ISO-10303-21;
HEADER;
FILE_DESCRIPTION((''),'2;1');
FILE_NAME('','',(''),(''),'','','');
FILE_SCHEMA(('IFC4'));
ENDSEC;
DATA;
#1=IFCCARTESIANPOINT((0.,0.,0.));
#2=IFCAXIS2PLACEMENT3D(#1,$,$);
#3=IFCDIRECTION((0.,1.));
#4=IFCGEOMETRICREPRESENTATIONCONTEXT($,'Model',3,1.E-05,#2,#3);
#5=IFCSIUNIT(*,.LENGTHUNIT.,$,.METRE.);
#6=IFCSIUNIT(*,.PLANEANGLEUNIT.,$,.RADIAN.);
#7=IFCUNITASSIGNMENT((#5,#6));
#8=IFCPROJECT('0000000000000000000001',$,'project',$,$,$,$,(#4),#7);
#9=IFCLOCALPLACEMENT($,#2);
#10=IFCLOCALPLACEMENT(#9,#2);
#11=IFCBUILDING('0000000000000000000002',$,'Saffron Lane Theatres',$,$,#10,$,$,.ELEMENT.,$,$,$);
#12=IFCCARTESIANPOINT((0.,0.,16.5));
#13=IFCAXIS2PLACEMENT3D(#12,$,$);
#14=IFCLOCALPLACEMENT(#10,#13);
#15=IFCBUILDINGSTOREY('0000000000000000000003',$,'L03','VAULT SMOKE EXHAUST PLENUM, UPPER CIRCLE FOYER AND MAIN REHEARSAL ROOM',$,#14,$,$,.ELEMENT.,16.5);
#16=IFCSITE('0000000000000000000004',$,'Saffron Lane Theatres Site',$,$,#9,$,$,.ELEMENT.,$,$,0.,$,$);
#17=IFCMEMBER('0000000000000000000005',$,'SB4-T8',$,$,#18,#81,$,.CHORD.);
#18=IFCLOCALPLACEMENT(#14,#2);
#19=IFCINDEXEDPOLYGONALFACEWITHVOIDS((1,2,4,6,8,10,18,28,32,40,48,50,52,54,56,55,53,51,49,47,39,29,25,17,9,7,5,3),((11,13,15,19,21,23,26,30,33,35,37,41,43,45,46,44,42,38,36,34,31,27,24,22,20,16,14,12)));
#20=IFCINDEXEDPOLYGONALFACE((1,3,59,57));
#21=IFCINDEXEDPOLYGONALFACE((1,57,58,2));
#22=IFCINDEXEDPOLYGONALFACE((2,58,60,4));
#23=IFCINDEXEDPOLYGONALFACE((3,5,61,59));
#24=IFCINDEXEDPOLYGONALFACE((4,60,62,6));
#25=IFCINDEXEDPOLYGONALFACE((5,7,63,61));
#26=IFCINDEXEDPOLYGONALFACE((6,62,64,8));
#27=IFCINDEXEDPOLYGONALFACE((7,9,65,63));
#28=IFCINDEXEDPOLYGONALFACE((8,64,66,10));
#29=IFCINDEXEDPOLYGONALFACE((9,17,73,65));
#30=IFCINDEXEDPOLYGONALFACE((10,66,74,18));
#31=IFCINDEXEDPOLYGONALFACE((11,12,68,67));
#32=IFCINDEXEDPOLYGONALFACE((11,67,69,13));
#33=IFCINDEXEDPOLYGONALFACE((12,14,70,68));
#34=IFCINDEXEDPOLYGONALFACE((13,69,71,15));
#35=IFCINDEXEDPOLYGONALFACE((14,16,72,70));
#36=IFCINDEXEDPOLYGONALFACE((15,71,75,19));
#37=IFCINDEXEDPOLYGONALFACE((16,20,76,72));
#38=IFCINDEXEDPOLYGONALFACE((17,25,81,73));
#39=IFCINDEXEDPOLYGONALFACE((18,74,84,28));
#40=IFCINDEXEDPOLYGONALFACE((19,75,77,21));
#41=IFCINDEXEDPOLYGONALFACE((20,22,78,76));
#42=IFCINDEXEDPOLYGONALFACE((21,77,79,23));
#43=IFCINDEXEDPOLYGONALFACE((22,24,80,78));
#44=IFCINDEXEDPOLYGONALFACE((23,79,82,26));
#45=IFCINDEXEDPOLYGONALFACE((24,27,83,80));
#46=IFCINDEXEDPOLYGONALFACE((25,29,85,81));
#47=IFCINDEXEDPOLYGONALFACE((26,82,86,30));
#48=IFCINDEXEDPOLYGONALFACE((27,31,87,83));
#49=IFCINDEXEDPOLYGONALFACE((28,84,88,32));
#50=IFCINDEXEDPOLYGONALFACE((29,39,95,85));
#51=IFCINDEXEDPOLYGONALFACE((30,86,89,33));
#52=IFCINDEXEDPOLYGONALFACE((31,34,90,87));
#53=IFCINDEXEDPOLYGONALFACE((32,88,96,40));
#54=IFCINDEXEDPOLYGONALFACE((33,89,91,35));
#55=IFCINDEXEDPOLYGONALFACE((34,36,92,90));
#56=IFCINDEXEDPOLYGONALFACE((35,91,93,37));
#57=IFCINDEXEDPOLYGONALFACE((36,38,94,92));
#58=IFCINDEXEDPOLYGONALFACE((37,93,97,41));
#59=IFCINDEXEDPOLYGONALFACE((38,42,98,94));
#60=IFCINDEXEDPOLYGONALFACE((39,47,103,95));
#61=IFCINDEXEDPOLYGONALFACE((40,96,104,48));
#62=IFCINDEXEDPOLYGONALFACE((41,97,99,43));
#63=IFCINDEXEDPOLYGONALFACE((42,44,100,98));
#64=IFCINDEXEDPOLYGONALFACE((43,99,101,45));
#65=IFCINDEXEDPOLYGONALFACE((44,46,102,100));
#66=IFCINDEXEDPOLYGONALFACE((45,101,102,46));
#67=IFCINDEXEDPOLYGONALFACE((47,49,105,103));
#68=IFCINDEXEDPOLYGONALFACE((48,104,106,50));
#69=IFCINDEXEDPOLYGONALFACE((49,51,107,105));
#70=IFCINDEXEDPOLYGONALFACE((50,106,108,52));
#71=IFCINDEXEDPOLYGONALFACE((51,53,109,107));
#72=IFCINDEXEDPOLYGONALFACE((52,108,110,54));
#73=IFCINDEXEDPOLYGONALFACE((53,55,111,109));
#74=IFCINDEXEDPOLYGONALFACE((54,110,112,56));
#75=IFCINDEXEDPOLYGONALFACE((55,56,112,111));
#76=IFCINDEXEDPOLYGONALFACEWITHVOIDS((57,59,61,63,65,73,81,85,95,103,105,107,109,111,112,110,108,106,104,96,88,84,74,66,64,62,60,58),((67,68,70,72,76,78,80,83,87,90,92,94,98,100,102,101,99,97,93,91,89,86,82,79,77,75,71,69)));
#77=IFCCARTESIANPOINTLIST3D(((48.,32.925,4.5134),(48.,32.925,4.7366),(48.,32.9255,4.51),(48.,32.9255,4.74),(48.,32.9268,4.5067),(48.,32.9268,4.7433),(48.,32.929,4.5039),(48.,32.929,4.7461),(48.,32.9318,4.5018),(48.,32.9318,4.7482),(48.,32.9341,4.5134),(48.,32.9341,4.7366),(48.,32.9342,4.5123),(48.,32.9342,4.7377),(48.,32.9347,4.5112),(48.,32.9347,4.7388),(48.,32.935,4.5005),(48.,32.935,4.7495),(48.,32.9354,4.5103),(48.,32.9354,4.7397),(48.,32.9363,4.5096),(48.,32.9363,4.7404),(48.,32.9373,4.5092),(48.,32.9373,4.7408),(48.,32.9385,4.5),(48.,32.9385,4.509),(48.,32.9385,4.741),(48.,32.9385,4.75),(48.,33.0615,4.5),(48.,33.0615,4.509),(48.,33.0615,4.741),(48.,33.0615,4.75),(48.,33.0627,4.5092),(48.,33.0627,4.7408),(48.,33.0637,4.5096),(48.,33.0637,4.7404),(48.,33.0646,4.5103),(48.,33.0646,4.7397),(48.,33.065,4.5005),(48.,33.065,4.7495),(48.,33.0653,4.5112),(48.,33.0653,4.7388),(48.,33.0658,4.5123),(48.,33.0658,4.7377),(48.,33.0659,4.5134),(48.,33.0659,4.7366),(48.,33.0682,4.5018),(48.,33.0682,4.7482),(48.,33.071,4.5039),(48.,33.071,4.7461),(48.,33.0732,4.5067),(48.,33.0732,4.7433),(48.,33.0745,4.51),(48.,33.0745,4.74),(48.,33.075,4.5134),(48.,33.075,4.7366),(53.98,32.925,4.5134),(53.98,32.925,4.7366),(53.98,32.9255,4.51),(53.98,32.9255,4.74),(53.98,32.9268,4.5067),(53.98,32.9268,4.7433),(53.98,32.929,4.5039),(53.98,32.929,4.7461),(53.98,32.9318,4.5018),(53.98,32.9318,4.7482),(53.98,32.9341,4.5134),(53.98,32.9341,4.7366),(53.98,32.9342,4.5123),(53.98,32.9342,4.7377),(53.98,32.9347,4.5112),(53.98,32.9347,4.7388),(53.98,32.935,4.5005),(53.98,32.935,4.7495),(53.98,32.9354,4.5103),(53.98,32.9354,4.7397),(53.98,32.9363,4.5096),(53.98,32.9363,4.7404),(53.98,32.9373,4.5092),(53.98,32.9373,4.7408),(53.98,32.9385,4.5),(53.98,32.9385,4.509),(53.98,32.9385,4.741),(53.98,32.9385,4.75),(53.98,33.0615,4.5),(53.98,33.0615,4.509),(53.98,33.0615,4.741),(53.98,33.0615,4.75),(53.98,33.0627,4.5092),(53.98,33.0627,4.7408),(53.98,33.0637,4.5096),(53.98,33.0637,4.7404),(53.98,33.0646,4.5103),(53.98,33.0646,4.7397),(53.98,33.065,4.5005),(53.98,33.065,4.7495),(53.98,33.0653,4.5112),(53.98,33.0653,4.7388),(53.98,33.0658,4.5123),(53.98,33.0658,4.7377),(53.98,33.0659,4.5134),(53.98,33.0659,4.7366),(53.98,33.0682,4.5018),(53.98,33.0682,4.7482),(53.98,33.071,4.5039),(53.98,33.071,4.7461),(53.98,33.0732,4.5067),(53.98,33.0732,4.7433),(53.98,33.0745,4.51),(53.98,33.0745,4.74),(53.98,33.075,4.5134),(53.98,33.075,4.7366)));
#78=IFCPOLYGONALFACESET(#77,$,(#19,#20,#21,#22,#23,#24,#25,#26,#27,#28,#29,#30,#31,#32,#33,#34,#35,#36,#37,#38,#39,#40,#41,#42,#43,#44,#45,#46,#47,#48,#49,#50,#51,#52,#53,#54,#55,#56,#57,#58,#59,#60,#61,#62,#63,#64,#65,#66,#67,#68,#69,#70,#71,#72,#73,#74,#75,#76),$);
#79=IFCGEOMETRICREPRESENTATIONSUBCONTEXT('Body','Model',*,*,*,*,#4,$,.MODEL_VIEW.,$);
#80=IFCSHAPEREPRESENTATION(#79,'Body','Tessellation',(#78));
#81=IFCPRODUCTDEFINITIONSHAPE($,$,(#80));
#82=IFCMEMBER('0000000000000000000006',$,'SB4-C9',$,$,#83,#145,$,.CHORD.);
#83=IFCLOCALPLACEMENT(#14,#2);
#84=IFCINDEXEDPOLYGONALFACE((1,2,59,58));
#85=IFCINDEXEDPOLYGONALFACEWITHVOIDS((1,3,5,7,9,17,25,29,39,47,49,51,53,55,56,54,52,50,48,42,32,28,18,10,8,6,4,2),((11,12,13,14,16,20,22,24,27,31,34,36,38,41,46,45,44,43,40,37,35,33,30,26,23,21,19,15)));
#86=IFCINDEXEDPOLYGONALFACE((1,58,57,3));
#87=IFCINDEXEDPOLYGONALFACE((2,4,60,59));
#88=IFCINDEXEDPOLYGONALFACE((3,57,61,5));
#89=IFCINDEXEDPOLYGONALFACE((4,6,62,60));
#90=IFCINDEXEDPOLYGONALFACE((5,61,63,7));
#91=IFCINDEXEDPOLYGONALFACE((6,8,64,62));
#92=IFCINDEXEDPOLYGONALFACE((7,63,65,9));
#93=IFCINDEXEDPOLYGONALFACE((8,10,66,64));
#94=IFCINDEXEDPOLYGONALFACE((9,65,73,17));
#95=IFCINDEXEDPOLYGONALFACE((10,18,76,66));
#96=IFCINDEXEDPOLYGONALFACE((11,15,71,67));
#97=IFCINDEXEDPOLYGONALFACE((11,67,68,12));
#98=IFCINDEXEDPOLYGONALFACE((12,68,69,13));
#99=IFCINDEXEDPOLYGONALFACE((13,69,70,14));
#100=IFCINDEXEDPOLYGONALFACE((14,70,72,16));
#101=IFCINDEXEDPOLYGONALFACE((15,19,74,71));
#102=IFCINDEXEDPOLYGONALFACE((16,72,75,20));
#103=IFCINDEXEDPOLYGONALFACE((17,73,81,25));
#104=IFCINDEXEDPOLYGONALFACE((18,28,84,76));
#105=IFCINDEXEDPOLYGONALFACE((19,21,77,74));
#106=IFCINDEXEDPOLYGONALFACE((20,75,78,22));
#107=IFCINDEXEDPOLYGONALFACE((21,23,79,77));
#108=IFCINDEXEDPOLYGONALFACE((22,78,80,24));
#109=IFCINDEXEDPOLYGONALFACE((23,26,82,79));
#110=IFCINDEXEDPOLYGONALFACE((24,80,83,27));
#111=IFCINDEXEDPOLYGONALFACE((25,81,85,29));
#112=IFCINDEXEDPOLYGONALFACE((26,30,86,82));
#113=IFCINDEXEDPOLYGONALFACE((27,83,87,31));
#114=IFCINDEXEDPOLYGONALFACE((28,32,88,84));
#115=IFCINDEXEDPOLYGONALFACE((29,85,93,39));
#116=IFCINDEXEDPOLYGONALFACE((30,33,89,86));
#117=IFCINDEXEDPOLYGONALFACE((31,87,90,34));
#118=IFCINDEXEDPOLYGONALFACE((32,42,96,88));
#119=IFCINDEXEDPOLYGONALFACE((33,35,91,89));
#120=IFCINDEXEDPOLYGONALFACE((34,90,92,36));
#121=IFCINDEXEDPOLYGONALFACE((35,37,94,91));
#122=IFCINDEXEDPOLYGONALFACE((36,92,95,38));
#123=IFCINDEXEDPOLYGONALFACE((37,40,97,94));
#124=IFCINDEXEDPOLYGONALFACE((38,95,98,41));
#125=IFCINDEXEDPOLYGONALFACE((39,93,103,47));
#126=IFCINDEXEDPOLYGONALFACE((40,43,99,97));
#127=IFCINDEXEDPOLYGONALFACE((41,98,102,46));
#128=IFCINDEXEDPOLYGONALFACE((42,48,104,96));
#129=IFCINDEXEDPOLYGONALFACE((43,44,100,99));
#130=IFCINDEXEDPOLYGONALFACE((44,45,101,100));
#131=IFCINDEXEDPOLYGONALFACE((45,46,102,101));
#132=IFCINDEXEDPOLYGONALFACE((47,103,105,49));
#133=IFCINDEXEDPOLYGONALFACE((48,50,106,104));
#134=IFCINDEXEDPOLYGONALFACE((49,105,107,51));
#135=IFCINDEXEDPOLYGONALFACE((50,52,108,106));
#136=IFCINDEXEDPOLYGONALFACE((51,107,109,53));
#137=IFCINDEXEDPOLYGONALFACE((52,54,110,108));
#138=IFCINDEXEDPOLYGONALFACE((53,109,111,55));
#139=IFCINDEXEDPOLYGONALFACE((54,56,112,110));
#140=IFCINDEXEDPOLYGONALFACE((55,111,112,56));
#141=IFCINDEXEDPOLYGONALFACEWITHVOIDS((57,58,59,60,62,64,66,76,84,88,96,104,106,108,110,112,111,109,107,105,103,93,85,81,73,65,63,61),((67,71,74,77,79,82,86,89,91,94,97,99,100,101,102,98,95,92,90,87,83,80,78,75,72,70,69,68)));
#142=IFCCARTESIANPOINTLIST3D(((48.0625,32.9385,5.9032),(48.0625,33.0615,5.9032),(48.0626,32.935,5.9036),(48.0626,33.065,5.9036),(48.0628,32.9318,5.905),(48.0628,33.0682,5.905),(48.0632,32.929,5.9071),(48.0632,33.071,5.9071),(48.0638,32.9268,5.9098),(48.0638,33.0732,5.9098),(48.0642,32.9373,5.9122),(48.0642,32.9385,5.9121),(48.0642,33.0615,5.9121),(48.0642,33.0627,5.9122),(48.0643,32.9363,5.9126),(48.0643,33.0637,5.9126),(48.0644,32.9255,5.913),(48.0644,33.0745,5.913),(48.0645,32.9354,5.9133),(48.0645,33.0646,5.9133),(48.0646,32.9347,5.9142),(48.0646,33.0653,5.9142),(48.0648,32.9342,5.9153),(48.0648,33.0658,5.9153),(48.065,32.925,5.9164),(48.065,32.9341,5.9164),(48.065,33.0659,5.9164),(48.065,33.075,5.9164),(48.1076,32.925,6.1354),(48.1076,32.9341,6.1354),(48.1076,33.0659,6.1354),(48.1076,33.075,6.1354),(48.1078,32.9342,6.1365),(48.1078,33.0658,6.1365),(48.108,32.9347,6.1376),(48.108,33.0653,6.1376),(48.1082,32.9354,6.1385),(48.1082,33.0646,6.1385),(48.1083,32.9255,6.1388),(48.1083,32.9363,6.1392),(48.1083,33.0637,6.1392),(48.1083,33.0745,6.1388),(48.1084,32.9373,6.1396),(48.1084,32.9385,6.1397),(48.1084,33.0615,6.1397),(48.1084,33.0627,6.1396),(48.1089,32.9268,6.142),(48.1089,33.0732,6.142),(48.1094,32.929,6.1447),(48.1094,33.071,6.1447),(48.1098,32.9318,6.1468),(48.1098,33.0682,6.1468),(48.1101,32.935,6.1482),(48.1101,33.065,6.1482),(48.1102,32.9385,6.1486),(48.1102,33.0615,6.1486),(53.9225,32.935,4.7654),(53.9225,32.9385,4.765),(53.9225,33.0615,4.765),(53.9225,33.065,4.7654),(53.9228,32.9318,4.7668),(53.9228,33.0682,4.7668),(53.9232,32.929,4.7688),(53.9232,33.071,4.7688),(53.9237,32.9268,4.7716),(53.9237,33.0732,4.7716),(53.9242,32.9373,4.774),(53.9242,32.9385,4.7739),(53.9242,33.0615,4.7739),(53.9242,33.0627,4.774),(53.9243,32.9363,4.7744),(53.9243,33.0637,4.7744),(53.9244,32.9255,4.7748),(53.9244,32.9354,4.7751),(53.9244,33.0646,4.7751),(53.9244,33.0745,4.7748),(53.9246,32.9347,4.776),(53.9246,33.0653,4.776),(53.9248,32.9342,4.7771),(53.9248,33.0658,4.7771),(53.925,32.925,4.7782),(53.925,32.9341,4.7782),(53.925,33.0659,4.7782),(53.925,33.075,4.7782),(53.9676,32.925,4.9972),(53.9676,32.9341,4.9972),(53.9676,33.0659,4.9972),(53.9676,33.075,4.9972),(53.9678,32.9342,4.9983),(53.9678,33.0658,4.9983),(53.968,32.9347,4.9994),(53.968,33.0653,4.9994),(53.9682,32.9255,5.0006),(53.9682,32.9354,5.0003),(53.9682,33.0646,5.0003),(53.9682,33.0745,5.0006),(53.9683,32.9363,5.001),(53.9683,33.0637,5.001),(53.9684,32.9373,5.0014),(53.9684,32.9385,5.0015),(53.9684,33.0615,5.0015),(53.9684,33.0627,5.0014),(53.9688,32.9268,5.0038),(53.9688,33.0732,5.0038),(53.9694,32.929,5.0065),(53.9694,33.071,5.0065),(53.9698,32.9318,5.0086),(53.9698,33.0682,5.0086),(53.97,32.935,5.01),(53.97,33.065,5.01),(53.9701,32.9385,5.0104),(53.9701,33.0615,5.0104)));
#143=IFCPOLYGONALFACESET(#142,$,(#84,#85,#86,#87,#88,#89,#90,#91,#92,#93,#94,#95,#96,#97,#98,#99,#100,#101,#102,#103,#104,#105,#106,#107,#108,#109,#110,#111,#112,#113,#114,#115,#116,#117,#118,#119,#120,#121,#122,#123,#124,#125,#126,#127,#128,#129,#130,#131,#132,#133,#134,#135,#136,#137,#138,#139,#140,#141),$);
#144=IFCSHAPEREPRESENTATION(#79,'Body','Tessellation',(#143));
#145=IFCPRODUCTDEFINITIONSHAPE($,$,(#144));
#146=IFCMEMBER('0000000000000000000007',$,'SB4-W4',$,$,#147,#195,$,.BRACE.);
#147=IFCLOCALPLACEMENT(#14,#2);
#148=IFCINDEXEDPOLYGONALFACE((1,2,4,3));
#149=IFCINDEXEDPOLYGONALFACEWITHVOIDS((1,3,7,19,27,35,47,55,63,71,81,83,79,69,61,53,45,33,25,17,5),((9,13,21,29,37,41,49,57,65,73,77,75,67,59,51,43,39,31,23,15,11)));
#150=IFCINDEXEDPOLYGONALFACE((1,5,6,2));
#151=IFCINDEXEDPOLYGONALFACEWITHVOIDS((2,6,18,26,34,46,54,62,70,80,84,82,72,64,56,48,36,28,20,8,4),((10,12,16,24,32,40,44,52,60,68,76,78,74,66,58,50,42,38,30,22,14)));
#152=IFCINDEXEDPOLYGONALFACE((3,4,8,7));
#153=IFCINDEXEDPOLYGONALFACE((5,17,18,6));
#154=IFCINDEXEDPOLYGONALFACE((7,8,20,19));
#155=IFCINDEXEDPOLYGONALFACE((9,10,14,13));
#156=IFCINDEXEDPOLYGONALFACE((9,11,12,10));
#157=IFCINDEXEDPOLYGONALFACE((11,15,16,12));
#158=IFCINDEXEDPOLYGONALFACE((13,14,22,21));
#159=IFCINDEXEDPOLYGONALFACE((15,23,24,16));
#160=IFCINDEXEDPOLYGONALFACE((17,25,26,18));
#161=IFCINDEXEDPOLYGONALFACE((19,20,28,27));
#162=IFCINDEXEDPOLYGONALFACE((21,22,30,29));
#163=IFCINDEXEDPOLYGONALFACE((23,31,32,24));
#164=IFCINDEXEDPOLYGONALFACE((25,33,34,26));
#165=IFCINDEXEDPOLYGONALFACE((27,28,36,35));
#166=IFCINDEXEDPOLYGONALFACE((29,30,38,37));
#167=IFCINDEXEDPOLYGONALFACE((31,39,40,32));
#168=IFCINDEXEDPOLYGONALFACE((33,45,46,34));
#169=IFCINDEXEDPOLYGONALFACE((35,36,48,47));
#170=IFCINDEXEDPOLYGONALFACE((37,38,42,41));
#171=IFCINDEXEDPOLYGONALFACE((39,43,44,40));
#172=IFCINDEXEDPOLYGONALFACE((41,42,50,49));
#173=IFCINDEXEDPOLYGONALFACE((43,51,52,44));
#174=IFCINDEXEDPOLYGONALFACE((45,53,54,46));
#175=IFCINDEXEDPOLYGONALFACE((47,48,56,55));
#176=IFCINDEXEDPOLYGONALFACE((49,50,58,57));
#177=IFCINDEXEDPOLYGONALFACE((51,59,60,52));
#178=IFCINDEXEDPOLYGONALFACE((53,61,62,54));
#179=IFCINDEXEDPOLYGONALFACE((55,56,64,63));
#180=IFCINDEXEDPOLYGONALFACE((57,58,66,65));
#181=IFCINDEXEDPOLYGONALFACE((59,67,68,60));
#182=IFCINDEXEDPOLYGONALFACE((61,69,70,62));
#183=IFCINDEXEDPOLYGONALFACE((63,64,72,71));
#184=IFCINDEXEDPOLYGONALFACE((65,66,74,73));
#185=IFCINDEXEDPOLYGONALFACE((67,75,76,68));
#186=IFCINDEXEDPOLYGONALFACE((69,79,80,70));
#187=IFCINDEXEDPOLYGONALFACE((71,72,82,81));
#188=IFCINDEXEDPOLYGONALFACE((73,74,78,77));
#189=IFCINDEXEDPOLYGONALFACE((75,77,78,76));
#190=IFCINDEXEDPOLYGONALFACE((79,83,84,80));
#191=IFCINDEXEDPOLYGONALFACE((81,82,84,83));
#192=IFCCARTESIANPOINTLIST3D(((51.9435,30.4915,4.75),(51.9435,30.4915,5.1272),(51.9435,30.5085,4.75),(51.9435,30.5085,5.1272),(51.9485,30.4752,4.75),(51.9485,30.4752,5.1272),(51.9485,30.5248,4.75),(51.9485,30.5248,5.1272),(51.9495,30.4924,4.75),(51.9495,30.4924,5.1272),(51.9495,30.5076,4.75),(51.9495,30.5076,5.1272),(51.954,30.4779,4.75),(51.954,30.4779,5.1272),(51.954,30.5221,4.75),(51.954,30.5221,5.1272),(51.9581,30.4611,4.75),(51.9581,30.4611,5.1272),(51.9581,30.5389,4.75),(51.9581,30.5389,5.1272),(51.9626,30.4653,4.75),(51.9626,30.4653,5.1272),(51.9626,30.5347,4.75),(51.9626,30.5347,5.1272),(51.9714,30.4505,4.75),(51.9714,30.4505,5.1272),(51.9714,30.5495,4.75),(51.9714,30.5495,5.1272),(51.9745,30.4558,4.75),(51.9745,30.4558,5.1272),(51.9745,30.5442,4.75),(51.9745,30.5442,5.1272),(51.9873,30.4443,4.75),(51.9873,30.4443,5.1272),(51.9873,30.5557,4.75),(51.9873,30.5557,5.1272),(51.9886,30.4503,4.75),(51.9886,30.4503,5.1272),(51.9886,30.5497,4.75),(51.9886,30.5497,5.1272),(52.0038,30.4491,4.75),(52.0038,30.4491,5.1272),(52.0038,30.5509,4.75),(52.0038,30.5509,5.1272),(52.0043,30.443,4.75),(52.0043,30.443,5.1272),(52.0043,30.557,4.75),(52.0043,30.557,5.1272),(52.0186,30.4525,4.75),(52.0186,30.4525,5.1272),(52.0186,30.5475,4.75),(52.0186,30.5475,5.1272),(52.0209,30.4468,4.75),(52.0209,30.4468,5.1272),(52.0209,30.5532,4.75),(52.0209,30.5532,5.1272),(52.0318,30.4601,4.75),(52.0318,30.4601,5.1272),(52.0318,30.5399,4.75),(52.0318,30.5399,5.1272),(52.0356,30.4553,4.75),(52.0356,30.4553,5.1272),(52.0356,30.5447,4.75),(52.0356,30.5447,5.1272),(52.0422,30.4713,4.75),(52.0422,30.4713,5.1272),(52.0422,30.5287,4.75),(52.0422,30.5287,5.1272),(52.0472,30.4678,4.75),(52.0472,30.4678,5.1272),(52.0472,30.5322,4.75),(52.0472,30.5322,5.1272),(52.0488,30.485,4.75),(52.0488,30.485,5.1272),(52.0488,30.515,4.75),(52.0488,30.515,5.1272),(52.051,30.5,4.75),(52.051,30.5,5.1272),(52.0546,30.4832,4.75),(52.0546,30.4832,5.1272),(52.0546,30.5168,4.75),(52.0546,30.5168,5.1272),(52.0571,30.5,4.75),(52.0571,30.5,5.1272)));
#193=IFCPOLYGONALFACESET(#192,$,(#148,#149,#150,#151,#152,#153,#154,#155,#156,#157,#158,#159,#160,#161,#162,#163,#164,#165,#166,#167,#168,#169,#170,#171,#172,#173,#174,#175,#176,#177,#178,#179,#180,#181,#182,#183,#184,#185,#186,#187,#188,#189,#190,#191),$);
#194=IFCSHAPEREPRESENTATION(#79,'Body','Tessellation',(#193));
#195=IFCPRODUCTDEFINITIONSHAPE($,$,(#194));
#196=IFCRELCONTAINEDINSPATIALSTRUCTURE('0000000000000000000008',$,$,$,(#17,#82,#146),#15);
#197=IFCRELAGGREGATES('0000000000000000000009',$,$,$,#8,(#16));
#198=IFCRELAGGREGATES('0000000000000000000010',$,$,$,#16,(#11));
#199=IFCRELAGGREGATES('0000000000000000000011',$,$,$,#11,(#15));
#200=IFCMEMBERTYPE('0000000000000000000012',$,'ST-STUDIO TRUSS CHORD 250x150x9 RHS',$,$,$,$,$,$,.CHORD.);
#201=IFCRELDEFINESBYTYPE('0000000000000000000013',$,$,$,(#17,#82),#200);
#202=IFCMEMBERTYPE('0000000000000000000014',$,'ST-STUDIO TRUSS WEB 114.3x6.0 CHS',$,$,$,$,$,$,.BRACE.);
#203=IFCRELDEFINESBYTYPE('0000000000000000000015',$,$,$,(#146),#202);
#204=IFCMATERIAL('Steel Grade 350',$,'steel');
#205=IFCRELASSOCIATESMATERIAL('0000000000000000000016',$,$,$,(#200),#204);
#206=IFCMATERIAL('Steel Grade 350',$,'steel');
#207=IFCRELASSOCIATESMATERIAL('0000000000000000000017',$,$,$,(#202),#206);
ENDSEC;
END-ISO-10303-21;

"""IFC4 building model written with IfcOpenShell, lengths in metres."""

from ifc_helpers import new_model, si_unit, direction, frame, origin, origin_2d, place, context, subcontext, project, spatial, hollow_rectangle, hollow_circle, extrude, material, material_profile, profile_set, type_object, element, save


model = new_model("IFC4")

# Units and contexts
model_context = context("Model", 3, precision=1e-05, world=origin(), true_north=direction((0.0, 1.0)))
body_context = subcontext(model_context, "Body", "Model", "MODEL_VIEW")
ifc_project = project(units=[si_unit("LENGTHUNIT", "METRE"), si_unit("PLANEANGLEUNIT", "RADIAN")], contexts=[model_context])

# Site, building, storey
site_placement = place(None, origin())
site = spatial("IfcSite", under=ifc_project, at=site_placement, Name="Saffron Lane Theatres Site", CompositionType="ELEMENT", RefElevation=0.0)
building_placement = place(site_placement, origin())
building = spatial("IfcBuilding", under=site, at=building_placement, Name="Saffron Lane Theatres", CompositionType="ELEMENT")
storey_placement = place(building_placement, frame((0.0, 0.0, 16.5)))
storey = spatial("IfcBuildingStorey", under=building, at=storey_placement, Name="L03", Description="VAULT SMOKE EXHAUST PLENUM, UPPER CIRCLE FOYER AND MAIN REHEARSAL ROOM", CompositionType="ELEMENT", Elevation=16.5)

# Members
ifc_material_1 = material(Name="Steel Grade 350", Category="steel")
ifc_material_profile_1 = material_profile(ifc_material_1, hollow_rectangle(XDim=0.1499, YDim=0.25, WallThickness=0.009, InnerFilletRadius=0.0044, OuterFilletRadius=0.0134, at=origin_2d()))
ifc_profile_set_1 = profile_set([ifc_material_profile_1], Name="Steel Grade 350")
member_type_1 = type_object("IfcMemberType", Name="ST-STUDIO TRUSS CHORD 250x150x9 RHS", PredefinedType="CHORD", material=ifc_profile_set_1)
member_1_placement = place(storey_placement, frame((53.98, 33.0, 4.625), z_axis=(-1.0, 0.0, 0.0), x_axis=(0.0, -1.0, 0.0)))
element("IfcMember", 1, at=member_1_placement, inside=storey, type_object=member_type_1, Name="SB4-T8", PredefinedType="CHORD", context=body_context, shape_type="SweptSolid", body=[
    extrude(hollow_rectangle(XDim=0.1499, YDim=0.25, WallThickness=0.009, InnerFilletRadius=0.0044, OuterFilletRadius=0.0134, at=origin_2d()), origin(), (0.0, 0.0, 1.0), 5.98),
])
member_2_placement = place(storey_placement, frame((53.9463, 33.0, 4.8877), z_axis=(-0.981654, 0.0, 0.19067), x_axis=(0.0, -1.0, 0.0)))
element("IfcMember", 2, at=member_2_placement, inside=storey, type_object=member_type_1, Name="SB4-C9", PredefinedType="CHORD", context=body_context, shape_type="SweptSolid", body=[
    extrude(hollow_rectangle(XDim=0.1499, YDim=0.25, WallThickness=0.009, InnerFilletRadius=0.0044, OuterFilletRadius=0.0134, at=origin_2d()), origin(), (0.0, 0.0, 1.0), 5.9695),
])
ifc_material_2 = material(Name="Steel Grade 350", Category="steel")
ifc_material_profile_2 = material_profile(ifc_material_2, hollow_circle(Radius=0.0571, WallThickness=0.0061, at=origin_2d()))
ifc_profile_set_2 = profile_set([ifc_material_profile_2], Name="Steel Grade 350")
member_type_2 = type_object("IfcMemberType", Name="ST-STUDIO TRUSS WEB 114.3x6.0 CHS", PredefinedType="BRACE", material=ifc_profile_set_2)
for number, where, z_axis, x_axis, name in (
    (3, (52.0, 30.5, 4.75), (0.0, 0.0, 1.0), (1.0, 0.0, 0.0), "SB4-W4"),
):
    element("IfcMember", number, at=place(storey_placement, frame(where, z_axis=z_axis, x_axis=x_axis)), inside=storey, type_object=member_type_2, Name=name, PredefinedType="BRACE", context=body_context, shape_type="SweptSolid", body=[
        extrude(hollow_circle(Radius=0.0571, WallThickness=0.0061, at=origin_2d()), origin(), (0.0, 0.0, 1.0), 0.3772),
    ])

save(model, "model.ifc")
